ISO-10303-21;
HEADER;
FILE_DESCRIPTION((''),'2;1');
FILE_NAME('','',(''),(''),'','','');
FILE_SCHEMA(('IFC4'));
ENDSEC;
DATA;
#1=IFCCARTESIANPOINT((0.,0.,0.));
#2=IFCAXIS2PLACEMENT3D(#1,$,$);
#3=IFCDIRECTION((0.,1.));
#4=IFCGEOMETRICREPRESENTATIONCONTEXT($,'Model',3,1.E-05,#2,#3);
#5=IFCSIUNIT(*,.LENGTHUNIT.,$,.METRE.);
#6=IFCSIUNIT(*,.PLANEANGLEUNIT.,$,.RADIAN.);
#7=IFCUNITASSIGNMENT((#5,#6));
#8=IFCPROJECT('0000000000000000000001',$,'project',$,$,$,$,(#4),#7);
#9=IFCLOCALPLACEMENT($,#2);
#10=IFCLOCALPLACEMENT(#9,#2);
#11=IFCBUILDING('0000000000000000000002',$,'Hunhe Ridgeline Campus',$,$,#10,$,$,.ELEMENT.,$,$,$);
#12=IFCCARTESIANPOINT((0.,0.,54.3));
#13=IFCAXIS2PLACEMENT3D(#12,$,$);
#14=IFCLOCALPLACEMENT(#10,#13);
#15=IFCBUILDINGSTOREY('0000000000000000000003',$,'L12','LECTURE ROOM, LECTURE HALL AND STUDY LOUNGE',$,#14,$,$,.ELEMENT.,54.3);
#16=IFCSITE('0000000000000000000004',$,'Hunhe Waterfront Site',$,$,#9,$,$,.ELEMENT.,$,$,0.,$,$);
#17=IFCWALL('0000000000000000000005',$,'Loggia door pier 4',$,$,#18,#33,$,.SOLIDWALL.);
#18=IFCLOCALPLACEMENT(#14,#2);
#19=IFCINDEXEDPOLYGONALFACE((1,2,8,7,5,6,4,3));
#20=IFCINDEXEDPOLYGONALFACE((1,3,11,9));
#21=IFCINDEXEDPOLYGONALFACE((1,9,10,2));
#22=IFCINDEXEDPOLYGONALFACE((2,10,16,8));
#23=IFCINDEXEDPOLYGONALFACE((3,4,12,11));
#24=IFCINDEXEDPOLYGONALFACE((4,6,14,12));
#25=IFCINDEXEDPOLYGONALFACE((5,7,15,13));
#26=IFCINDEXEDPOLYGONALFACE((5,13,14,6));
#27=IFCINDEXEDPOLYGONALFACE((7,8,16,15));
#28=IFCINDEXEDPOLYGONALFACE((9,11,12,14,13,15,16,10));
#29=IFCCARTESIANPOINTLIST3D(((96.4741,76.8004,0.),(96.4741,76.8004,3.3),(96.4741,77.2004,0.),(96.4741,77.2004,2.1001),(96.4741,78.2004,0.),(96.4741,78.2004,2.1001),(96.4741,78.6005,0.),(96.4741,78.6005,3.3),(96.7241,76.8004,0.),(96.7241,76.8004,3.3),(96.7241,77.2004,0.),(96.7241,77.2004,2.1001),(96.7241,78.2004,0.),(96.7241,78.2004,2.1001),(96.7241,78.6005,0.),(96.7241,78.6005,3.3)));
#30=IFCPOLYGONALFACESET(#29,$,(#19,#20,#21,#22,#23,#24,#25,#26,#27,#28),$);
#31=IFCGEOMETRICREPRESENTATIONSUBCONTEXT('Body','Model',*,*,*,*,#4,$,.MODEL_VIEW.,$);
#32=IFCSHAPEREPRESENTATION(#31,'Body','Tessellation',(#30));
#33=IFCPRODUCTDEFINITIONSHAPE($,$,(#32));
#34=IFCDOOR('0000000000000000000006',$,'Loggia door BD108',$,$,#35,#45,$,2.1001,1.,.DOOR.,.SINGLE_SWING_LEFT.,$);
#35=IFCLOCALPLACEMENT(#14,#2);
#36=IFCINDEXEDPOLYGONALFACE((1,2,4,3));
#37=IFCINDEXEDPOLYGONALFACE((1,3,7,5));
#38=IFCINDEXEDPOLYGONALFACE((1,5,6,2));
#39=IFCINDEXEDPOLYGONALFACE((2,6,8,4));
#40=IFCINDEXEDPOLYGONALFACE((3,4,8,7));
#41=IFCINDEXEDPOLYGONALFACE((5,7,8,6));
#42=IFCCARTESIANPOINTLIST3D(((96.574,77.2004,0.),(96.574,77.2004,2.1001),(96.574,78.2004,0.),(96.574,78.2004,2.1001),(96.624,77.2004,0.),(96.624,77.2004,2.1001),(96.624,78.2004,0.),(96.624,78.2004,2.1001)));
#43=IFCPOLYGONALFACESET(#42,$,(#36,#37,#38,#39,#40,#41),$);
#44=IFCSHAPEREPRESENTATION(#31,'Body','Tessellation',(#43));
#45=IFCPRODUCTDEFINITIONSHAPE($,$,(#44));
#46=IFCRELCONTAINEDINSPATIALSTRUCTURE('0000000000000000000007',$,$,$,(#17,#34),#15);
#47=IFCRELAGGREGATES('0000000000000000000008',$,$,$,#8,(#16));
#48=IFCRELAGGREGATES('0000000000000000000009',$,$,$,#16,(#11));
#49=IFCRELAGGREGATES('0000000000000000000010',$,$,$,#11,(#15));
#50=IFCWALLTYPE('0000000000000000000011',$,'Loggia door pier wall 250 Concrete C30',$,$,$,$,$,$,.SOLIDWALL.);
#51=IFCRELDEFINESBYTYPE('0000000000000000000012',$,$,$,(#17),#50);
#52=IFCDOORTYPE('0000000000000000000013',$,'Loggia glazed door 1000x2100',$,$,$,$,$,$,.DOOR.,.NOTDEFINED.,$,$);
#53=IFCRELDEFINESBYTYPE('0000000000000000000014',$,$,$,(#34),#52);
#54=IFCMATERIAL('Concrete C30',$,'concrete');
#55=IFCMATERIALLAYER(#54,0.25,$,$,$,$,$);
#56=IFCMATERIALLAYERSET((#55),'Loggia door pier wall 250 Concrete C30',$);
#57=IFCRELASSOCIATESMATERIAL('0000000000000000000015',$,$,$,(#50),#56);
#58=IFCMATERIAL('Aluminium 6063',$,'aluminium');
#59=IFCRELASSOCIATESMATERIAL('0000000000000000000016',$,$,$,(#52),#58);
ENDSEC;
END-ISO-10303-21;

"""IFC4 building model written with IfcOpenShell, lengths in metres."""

from ifc_helpers import new_model, si_unit, direction, frame, frame_2d, origin, place, context, subcontext, project, spatial, rectangle, extrude, material, layer, layer_set, type_object, element, fill, save


model = new_model("IFC4")

# Units and contexts
model_context = context("Model", 3, precision=1e-05, world=origin(), true_north=direction((0.0, 1.0)))
body_context = subcontext(model_context, "Body", "Model", "MODEL_VIEW")
ifc_project = project(units=[si_unit("LENGTHUNIT", "METRE"), si_unit("PLANEANGLEUNIT", "RADIAN")], contexts=[model_context])

# Site, building, storey
site_placement = place(None, origin())
site = spatial("IfcSite", under=ifc_project, at=site_placement, Name="Hunhe Waterfront Site", CompositionType="ELEMENT", RefElevation=0.0)
building_placement = place(site_placement, origin())
building = spatial("IfcBuilding", under=site, at=building_placement, Name="Hunhe Ridgeline Campus", CompositionType="ELEMENT")
storey_placement = place(building_placement, frame((0.0, 0.0, 54.3)))
storey = spatial("IfcBuildingStorey", under=building, at=storey_placement, Name="L12", Description="LECTURE ROOM, LECTURE HALL AND STUDY LOUNGE", CompositionType="ELEMENT", Elevation=54.3)

# Shared definitions
ifc_material_1 = material(Name="Aluminium 6063", Category="aluminium")

# Wall, opening, door
ifc_material_2 = material(Name="Concrete C30", Category="concrete")
ifc_layer_1 = layer(ifc_material_2, 0.25)
ifc_layer_set_1 = layer_set([ifc_layer_1], Name="Loggia door pier wall 250 Concrete C30")
wall_type = type_object("IfcWallType", Name="Loggia door pier wall 250 Concrete C30", PredefinedType="SOLIDWALL", material=ifc_layer_set_1)
wall_placement = place(storey_placement, frame((96.5991, 76.8005, 0.0), z_axis=(0.0, 0.0, 1.0), x_axis=(0.0, 1.0, 0.0)))
wall = element("IfcWall", 1, at=wall_placement, inside=storey, type_object=wall_type, Name="Loggia door pier 4", PredefinedType="SOLIDWALL", context=body_context, shape_type="SweptSolid", body=[
    extrude(rectangle(XDim=1.8, YDim=0.25, at=frame_2d((0.8999, 0.0))), origin(), (0.0, 0.0, 1.0), 3.3),
])
opening_placement = place(wall_placement, frame((0.3999, 0.0, 0.0)))
opening = element("IfcOpeningElement", 2, at=opening_placement, cuts=wall, PredefinedType="OPENING", context=body_context, shape_type="SweptSolid", body=[
    extrude(rectangle(XDim=1.0, YDim=2.1001, at=frame_2d((0.5, 1.05))), frame((0.0, 0.125, 0.0), z_axis=(0.0, -1.0, 0.0), x_axis=(1.0, 0.0, 0.0)), (0.0, 0.0, 1.0), 0.25),
])
door_type = type_object("IfcDoorType", Name="Loggia glazed door 1000x2100", OperationType="NOTDEFINED", PredefinedType="DOOR", material=ifc_material_1)
door_placement = place(opening_placement, frame((1.0, 0.0, 0.0), z_axis=(0.0, 0.0, 1.0), x_axis=(-1.0, 0.0, 0.0)))
door = element("IfcDoor", 3, at=door_placement, inside=storey, type_object=door_type, Name="Loggia door BD108", OperationType="SINGLE_SWING_LEFT", OverallHeight=2.1001, OverallWidth=1.0, PredefinedType="DOOR", context=body_context, shape_type="SweptSolid", body=[
    extrude(rectangle(XDim=1.0, YDim=2.1001, at=frame_2d((0.5, 1.05))), frame((0.0, 0.0249, 0.0), z_axis=(0.0, -1.0, 0.0), x_axis=(1.0, 0.0, 0.0)), (0.0, 0.0, 1.0), 0.05),
])
fill(opening, door)

save(model, "model.ifc")
